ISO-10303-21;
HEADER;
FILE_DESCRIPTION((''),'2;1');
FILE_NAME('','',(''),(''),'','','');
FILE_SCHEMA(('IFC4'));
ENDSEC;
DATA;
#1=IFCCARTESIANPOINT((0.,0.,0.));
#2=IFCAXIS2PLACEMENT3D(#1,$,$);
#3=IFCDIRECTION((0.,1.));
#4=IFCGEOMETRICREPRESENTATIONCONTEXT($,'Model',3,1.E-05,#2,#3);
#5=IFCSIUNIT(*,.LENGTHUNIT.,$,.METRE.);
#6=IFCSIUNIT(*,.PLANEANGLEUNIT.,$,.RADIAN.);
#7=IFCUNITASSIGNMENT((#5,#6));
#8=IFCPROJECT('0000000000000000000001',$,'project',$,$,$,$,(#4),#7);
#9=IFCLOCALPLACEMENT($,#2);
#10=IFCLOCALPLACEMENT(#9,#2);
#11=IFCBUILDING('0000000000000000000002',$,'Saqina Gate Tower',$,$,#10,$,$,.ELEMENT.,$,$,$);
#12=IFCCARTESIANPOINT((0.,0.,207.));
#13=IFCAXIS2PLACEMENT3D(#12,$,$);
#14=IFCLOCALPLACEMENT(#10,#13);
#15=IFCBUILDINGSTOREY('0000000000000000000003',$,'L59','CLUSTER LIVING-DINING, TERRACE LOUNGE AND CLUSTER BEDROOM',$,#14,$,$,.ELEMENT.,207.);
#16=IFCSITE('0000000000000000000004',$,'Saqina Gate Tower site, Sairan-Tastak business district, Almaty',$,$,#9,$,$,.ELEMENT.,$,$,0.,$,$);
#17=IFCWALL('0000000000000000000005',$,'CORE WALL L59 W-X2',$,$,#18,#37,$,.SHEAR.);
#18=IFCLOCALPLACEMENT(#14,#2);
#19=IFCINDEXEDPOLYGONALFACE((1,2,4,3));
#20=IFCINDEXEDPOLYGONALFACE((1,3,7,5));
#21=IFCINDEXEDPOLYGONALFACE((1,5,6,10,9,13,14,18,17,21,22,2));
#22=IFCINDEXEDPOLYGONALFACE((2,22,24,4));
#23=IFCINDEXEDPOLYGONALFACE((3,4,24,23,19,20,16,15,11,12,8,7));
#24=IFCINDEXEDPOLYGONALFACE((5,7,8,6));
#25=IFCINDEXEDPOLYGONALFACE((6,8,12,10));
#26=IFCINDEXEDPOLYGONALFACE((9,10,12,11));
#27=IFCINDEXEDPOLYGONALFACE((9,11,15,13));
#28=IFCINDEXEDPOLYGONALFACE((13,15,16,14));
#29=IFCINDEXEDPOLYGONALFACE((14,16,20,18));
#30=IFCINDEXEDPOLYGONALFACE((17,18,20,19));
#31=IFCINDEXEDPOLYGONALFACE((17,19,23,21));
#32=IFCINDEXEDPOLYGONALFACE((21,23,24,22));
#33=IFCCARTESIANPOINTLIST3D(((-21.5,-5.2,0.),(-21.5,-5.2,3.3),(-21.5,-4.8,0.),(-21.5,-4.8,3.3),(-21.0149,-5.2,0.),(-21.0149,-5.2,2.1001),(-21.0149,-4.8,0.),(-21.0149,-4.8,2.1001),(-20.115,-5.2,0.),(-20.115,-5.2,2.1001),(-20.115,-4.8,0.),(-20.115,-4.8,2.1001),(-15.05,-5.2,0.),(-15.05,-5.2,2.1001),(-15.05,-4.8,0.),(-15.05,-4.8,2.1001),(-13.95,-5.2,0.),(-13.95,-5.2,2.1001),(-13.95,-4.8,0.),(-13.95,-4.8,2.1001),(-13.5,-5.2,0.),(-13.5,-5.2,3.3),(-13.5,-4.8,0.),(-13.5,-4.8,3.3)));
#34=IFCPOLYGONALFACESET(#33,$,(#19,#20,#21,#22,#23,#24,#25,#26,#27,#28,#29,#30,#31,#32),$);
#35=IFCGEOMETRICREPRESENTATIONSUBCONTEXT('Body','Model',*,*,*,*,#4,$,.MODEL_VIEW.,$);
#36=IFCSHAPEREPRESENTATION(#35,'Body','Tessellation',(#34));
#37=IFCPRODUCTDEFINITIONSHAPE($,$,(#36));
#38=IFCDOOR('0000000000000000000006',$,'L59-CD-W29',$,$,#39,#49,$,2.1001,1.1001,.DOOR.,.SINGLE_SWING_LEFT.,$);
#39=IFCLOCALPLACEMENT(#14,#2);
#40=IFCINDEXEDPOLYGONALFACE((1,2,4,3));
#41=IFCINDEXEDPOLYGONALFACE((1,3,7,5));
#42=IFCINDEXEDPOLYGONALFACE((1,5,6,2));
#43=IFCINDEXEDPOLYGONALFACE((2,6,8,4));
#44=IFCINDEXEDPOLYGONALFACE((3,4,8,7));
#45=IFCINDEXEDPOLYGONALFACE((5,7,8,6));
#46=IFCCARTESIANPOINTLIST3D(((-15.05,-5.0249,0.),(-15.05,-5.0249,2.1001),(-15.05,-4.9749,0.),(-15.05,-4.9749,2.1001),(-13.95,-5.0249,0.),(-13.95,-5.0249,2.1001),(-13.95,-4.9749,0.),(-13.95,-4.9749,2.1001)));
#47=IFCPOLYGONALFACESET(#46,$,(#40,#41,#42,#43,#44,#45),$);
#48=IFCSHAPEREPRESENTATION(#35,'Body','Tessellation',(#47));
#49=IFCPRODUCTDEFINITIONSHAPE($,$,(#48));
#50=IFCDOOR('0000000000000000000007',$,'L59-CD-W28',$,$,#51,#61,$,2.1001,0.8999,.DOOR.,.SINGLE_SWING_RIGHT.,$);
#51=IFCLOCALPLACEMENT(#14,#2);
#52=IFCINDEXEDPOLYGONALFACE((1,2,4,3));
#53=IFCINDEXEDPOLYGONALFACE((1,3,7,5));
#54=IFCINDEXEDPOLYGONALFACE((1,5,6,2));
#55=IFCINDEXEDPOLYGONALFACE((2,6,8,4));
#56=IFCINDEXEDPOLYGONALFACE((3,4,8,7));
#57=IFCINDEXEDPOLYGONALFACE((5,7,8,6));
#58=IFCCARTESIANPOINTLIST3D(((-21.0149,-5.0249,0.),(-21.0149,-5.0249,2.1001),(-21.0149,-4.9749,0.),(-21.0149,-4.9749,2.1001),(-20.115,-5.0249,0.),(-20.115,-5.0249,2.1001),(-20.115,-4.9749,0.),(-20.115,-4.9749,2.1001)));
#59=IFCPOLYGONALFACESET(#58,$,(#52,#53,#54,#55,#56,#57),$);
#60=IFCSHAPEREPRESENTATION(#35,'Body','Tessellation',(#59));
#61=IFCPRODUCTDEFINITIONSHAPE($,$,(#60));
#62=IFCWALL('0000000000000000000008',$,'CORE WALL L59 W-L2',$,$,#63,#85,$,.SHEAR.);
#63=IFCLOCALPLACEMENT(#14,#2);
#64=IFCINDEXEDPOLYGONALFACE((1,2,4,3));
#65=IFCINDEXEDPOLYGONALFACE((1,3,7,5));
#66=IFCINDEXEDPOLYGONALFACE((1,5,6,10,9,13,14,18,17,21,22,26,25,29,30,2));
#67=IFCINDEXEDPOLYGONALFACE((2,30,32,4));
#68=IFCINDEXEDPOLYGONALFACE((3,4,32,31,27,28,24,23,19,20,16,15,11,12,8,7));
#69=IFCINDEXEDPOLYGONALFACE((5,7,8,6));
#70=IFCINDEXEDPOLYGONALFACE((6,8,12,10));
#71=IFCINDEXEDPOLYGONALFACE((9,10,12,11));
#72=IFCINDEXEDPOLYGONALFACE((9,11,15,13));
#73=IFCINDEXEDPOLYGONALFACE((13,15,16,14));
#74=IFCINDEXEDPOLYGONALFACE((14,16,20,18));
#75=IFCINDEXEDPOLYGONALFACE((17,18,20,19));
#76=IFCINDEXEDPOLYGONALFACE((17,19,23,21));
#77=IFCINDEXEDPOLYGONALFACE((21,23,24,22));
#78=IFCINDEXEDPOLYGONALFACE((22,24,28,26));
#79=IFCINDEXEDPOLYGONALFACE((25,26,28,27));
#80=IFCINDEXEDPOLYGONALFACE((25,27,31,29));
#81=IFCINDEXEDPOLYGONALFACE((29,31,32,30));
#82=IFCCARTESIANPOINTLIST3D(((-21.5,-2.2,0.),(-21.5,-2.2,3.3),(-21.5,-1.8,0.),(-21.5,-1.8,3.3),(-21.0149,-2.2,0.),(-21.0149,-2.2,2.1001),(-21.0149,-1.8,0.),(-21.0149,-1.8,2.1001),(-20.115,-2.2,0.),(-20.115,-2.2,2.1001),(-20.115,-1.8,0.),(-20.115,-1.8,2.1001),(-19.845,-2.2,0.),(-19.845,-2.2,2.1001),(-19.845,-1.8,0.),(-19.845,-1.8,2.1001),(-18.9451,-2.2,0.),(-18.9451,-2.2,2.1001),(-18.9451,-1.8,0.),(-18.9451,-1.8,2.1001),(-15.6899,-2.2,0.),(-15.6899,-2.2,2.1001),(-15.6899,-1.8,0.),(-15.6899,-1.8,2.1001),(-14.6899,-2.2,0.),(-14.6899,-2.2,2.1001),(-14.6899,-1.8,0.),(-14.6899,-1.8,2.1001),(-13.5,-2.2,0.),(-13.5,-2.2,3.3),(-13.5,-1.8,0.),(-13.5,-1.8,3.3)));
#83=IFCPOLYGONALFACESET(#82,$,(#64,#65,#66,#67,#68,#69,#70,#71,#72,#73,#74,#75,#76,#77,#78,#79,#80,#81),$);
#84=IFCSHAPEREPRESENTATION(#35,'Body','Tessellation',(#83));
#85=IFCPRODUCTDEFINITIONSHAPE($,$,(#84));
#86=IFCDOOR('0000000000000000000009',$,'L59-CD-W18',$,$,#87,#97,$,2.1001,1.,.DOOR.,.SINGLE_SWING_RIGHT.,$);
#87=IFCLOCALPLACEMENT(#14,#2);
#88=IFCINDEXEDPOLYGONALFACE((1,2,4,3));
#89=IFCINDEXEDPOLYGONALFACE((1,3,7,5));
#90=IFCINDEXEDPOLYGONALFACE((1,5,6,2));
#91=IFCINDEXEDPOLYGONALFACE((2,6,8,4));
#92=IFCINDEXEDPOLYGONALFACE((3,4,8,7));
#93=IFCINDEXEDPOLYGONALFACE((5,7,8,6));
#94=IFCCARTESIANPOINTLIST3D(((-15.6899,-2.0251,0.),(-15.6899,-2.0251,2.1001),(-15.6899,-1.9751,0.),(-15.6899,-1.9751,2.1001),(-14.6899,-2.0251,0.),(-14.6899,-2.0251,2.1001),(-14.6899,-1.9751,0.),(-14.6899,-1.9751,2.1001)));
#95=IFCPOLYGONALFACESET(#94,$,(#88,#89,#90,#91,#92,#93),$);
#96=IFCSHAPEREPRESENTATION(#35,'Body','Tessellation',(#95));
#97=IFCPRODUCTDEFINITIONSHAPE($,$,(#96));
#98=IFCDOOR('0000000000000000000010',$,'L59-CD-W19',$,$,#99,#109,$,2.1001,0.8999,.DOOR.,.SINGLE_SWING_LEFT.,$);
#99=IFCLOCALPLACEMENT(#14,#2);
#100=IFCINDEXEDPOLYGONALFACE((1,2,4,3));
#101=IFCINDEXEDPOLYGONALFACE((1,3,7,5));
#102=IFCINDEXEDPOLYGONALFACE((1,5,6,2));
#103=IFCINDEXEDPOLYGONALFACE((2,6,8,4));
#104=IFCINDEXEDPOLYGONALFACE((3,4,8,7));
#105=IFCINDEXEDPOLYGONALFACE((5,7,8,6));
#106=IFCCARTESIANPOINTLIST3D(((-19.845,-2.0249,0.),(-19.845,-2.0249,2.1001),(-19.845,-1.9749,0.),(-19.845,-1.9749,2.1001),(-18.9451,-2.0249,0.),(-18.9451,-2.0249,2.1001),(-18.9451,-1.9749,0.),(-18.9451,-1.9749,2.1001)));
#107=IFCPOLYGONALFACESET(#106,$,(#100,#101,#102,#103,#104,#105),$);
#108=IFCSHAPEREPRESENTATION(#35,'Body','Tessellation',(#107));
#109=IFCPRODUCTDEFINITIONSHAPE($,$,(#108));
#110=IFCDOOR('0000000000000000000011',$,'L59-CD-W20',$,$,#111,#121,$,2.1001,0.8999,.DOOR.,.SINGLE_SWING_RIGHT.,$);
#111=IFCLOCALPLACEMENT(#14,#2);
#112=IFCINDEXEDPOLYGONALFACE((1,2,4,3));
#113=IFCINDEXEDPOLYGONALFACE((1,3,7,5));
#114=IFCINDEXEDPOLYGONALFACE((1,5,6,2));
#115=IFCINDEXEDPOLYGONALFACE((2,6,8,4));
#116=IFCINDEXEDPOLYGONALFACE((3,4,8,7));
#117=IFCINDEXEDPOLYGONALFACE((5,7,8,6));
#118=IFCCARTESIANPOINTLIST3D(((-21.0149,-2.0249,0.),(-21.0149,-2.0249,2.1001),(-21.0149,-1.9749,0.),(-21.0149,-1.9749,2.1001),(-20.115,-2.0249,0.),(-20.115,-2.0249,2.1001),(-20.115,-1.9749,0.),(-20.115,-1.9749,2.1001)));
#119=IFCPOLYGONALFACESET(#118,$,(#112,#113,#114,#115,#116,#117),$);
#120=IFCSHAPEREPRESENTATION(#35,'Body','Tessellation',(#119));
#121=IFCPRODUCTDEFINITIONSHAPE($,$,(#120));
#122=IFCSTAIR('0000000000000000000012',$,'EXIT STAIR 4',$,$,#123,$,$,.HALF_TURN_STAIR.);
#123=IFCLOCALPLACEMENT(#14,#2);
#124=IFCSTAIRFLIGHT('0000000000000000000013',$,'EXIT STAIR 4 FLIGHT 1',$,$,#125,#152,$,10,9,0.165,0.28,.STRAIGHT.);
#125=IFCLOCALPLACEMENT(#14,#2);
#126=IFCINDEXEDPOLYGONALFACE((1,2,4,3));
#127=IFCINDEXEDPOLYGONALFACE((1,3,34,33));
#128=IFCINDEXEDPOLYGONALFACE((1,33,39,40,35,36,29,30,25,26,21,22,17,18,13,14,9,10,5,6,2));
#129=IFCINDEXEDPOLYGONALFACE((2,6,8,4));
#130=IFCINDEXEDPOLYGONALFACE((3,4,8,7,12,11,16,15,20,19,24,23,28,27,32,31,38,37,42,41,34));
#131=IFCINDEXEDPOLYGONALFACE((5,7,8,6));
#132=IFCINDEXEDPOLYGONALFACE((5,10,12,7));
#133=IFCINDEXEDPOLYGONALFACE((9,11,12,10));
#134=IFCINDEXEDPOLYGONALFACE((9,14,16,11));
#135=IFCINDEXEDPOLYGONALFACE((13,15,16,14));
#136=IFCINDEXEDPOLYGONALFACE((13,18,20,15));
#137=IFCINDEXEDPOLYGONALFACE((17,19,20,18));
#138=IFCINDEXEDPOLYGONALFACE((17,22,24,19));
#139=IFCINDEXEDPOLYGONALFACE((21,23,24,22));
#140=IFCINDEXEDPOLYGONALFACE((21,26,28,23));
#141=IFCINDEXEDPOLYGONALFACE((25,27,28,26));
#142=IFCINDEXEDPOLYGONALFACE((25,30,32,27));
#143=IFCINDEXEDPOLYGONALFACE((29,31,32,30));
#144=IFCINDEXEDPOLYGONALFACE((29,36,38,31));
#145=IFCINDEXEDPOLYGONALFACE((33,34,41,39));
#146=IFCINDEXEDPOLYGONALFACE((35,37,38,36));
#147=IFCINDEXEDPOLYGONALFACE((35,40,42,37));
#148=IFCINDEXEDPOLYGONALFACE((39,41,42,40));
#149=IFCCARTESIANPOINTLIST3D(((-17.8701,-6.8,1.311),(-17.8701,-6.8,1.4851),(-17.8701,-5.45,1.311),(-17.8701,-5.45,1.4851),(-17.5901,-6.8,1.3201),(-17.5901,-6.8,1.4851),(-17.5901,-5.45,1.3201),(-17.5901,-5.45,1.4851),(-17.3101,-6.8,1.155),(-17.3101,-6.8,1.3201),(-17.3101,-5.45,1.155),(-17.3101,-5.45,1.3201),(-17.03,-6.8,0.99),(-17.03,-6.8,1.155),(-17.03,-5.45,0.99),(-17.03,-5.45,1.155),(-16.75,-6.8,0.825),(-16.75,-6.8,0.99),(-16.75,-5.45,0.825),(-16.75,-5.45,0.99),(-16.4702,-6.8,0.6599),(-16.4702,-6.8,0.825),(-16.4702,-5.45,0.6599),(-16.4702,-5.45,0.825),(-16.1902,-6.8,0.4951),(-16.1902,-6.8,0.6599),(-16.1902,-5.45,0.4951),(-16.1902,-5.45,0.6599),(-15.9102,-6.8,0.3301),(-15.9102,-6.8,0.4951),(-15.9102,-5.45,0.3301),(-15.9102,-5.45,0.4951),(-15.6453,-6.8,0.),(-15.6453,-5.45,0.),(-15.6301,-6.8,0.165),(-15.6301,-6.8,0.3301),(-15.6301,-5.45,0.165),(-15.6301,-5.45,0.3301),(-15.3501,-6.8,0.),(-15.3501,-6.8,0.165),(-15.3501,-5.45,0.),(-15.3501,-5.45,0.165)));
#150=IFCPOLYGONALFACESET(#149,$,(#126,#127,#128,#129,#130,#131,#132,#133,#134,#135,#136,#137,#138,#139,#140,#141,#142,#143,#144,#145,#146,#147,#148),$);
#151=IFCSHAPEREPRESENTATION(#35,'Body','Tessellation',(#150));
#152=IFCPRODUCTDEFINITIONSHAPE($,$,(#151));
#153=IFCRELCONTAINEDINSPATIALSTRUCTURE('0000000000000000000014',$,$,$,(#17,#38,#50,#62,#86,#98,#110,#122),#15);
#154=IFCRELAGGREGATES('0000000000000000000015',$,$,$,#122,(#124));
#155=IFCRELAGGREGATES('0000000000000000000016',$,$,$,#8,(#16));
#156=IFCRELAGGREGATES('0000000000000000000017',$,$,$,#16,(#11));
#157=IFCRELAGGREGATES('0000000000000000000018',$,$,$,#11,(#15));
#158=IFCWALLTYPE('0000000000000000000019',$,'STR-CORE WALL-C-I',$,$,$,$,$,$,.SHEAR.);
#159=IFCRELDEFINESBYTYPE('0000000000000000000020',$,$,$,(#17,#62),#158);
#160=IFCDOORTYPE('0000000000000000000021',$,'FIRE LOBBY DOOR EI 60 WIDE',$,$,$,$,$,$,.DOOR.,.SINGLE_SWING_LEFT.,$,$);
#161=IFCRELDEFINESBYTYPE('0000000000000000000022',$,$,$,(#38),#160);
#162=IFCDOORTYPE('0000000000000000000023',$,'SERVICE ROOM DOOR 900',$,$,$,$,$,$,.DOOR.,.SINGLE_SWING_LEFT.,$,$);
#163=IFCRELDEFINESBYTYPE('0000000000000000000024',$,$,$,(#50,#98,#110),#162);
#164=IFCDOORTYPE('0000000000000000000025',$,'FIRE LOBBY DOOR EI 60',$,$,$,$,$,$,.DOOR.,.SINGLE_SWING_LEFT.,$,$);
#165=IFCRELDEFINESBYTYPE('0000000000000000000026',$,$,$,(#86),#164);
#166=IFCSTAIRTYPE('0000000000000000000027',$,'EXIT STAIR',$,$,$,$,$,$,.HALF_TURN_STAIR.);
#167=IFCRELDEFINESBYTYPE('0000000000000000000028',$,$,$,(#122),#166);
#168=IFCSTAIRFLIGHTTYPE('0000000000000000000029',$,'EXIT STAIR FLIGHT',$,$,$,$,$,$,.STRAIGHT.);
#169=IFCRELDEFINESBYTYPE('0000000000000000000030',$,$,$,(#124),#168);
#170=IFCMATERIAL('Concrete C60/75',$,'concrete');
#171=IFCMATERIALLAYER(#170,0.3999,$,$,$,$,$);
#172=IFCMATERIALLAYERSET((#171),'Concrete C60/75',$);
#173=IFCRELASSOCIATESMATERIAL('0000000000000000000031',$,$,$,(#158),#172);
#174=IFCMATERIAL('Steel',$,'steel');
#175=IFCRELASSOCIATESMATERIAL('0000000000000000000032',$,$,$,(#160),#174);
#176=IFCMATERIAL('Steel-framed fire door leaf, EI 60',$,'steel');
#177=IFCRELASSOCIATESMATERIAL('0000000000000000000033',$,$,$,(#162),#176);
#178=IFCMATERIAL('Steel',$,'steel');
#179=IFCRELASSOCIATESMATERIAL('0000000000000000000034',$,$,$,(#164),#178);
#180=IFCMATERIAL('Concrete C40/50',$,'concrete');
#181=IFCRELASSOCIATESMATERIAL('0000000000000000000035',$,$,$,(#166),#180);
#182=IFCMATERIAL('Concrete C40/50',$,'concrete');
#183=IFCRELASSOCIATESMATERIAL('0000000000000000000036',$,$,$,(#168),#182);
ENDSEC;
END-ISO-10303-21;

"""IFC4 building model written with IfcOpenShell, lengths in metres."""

from ifc_helpers import new_model, si_unit, direction, frame, frame_2d, origin, place, context, subcontext, project, spatial, polyline, rectangle, outline, extrude, material, layer, layer_set, type_object, element, fill, aggregate, save


model = new_model("IFC4")

# Units and contexts
model_context = context("Model", 3, precision=1e-05, world=origin(), true_north=direction((0.0, 1.0)))
body_context = subcontext(model_context, "Body", "Model", "MODEL_VIEW")
ifc_project = project(units=[si_unit("LENGTHUNIT", "METRE"), si_unit("PLANEANGLEUNIT", "RADIAN")], contexts=[model_context])

# Site, building, storey
site_placement = place(None, origin())
site = spatial("IfcSite", under=ifc_project, at=site_placement, Name="Saqina Gate Tower site, Sairan-Tastak business district, Almaty", CompositionType="ELEMENT", RefElevation=0.0)
building_placement = place(site_placement, origin())
building = spatial("IfcBuilding", under=site, at=building_placement, Name="Saqina Gate Tower", CompositionType="ELEMENT")
storey_placement = place(building_placement, frame((0.0, 0.0, 207.0)))
storey = spatial("IfcBuildingStorey", under=building, at=storey_placement, Name="L59", Description="CLUSTER LIVING-DINING, TERRACE LOUNGE AND CLUSTER BEDROOM", CompositionType="ELEMENT", Elevation=207.0)

# Walls, openings, doors
ifc_material_1 = material(Name="Concrete C60/75", Category="concrete")
ifc_layer_1 = layer(ifc_material_1, 0.3999)
ifc_layer_set_1 = layer_set([ifc_layer_1], Name="Concrete C60/75")
wall_type_1 = type_object("IfcWallType", Name="STR-CORE WALL-C-I", PredefinedType="SHEAR", material=ifc_layer_set_1)
wall_1_placement = place(storey_placement, frame((-13.5, -5.0, 0.0), z_axis=(0.0, 0.0, 1.0), x_axis=(-1.0, 0.0, 0.0)))
wall_1 = element("IfcWall", 1, at=wall_1_placement, inside=storey, type_object=wall_type_1, Name="CORE WALL L59 W-X2", PredefinedType="SHEAR", context=body_context, shape_type="SweptSolid", body=[
    extrude(rectangle(XDim=8.0, YDim=0.3999, at=frame_2d((4.0, 0.0))), origin(), (0.0, 0.0, 1.0), 3.3),
])
opening_1_placement = place(wall_1_placement, frame((6.615, 0.0, 0.0)))
opening_1 = element("IfcOpeningElement", 2, at=opening_1_placement, cuts=wall_1, PredefinedType="OPENING", context=body_context, shape_type="SweptSolid", body=[
    extrude(rectangle(XDim=0.8999, YDim=2.1001, at=frame_2d((0.45, 1.05))), frame((0.0, 0.2119, 0.0), z_axis=(0.0, -1.0, 0.0), x_axis=(1.0, 0.0, 0.0)), (0.0, 0.0, 1.0), 0.4238),
])
opening_2_placement = place(wall_1_placement, frame((0.45, 0.0, 0.0)))
opening_2 = element("IfcOpeningElement", 3, at=opening_2_placement, cuts=wall_1, PredefinedType="OPENING", context=body_context, shape_type="SweptSolid", body=[
    extrude(rectangle(XDim=1.1001, YDim=2.1001, at=frame_2d((0.55, 1.05))), frame((0.0, 0.2119, 0.0), z_axis=(0.0, -1.0, 0.0), x_axis=(1.0, 0.0, 0.0)), (0.0, 0.0, 1.0), 0.4238),
])
ifc_material_2 = material(Name="Steel", Category="steel")
door_type_1 = type_object("IfcDoorType", Name="FIRE LOBBY DOOR EI 60 WIDE", OperationType="SINGLE_SWING_LEFT", PredefinedType="DOOR", material=ifc_material_2)
door_1_placement = place(opening_2_placement, origin())
door_1 = element("IfcDoor", 4, at=door_1_placement, inside=storey, type_object=door_type_1, Name="L59-CD-W29", OperationType="SINGLE_SWING_LEFT", OverallHeight=2.1001, OverallWidth=1.1001, PredefinedType="DOOR", context=body_context, shape_type="SweptSolid", body=[
    extrude(rectangle(XDim=1.1001, YDim=2.1001, at=frame_2d((0.55, 1.05))), frame((0.0, 0.0249, 0.0), z_axis=(0.0, -1.0, 0.0), x_axis=(1.0, 0.0, 0.0)), (0.0, 0.0, 1.0), 0.05),
])
fill(opening_2, door_1)
ifc_material_3 = material(Name="Steel-framed fire door leaf, EI 60", Category="steel")
door_type_2 = type_object("IfcDoorType", Name="SERVICE ROOM DOOR 900", OperationType="SINGLE_SWING_LEFT", PredefinedType="DOOR", material=ifc_material_3)
door_2_placement = place(opening_1_placement, origin())
door_2 = element("IfcDoor", 5, at=door_2_placement, inside=storey, type_object=door_type_2, Name="L59-CD-W28", OperationType="SINGLE_SWING_RIGHT", OverallHeight=2.1001, OverallWidth=0.8999, PredefinedType="DOOR", context=body_context, shape_type="SweptSolid", body=[
    extrude(rectangle(XDim=0.8999, YDim=2.1001, at=frame_2d((0.45, 1.05))), frame((0.0, 0.0249, 0.0), z_axis=(0.0, -1.0, 0.0), x_axis=(1.0, 0.0, 0.0)), (0.0, 0.0, 1.0), 0.05),
])
fill(opening_1, door_2)
wall_2_placement = place(storey_placement, frame((-13.5, -2.0, 0.0), z_axis=(0.0, 0.0, 1.0), x_axis=(-1.0, 0.0, 0.0)))
wall_2 = element("IfcWall", 6, at=wall_2_placement, inside=storey, type_object=wall_type_1, Name="CORE WALL L59 W-L2", PredefinedType="SHEAR", context=body_context, shape_type="SweptSolid", body=[
    extrude(rectangle(XDim=8.0, YDim=0.3999, at=frame_2d((4.0, 0.0))), origin(), (0.0, 0.0, 1.0), 3.3),
])
opening_3_placement = place(wall_2_placement, frame((1.1899, 0.0, 0.0)))
opening_3 = element("IfcOpeningElement", 7, at=opening_3_placement, cuts=wall_2, PredefinedType="OPENING", context=body_context, shape_type="SweptSolid", body=[
    extrude(rectangle(XDim=1.0, YDim=2.1001, at=frame_2d((0.5, 1.05))), frame((0.0, 0.2119, 0.0), z_axis=(0.0, -1.0, 0.0), x_axis=(1.0, 0.0, 0.0)), (0.0, 0.0, 1.0), 0.4238),
])
opening_4_placement = place(wall_2_placement, frame((5.4451, 0.0, 0.0)))
opening_4 = element("IfcOpeningElement", 8, at=opening_4_placement, cuts=wall_2, PredefinedType="OPENING", context=body_context, shape_type="SweptSolid", body=[
    extrude(rectangle(XDim=0.8999, YDim=2.1001, at=frame_2d((0.45, 1.05))), frame((0.0, 0.2119, 0.0), z_axis=(0.0, -1.0, 0.0), x_axis=(1.0, 0.0, 0.0)), (0.0, 0.0, 1.0), 0.4238),
])
opening_5_placement = place(wall_2_placement, frame((6.615, 0.0, 0.0)))
opening_5 = element("IfcOpeningElement", 9, at=opening_5_placement, cuts=wall_2, PredefinedType="OPENING", context=body_context, shape_type="SweptSolid", body=[
    extrude(rectangle(XDim=0.8999, YDim=2.1001, at=frame_2d((0.45, 1.05))), frame((0.0, 0.2119, 0.0), z_axis=(0.0, -1.0, 0.0), x_axis=(1.0, 0.0, 0.0)), (0.0, 0.0, 1.0), 0.4238),
])
ifc_material_4 = material(Name="Steel", Category="steel")
door_type_3 = type_object("IfcDoorType", Name="FIRE LOBBY DOOR EI 60", OperationType="SINGLE_SWING_LEFT", PredefinedType="DOOR", material=ifc_material_4)
door_3_placement = place(opening_3_placement, frame((1.0, 0.0, 0.0), z_axis=(0.0, 0.0, 1.0), x_axis=(-1.0, 0.0, 0.0)))
door_3 = element("IfcDoor", 10, at=door_3_placement, inside=storey, type_object=door_type_3, Name="L59-CD-W18", OperationType="SINGLE_SWING_RIGHT", OverallHeight=2.1001, OverallWidth=1.0, PredefinedType="DOOR", context=body_context, shape_type="SweptSolid", body=[
    extrude(rectangle(XDim=1.0, YDim=2.1001, at=frame_2d((0.5, 1.05))), frame((0.0, 0.0249, 0.0), z_axis=(0.0, -1.0, 0.0), x_axis=(1.0, 0.0, 0.0)), (0.0, 0.0, 1.0), 0.05),
])
fill(opening_3, door_3)
door_4_placement = place(opening_4_placement, origin())
door_4 = element("IfcDoor", 11, at=door_4_placement, inside=storey, type_object=door_type_2, Name="L59-CD-W19", OperationType="SINGLE_SWING_LEFT", OverallHeight=2.1001, OverallWidth=0.8999, PredefinedType="DOOR", context=body_context, shape_type="SweptSolid", body=[
    extrude(rectangle(XDim=0.8999, YDim=2.1001, at=frame_2d((0.45, 1.05))), frame((0.0, 0.0249, 0.0), z_axis=(0.0, -1.0, 0.0), x_axis=(1.0, 0.0, 0.0)), (0.0, 0.0, 1.0), 0.05),
])
fill(opening_4, door_4)
door_5_placement = place(opening_5_placement, origin())
door_5 = element("IfcDoor", 12, at=door_5_placement, inside=storey, type_object=door_type_2, Name="L59-CD-W20", OperationType="SINGLE_SWING_RIGHT", OverallHeight=2.1001, OverallWidth=0.8999, PredefinedType="DOOR", context=body_context, shape_type="SweptSolid", body=[
    extrude(rectangle(XDim=0.8999, YDim=2.1001, at=frame_2d((0.45, 1.05))), frame((0.0, 0.0249, 0.0), z_axis=(0.0, -1.0, 0.0), x_axis=(1.0, 0.0, 0.0)), (0.0, 0.0, 1.0), 0.05),
])
fill(opening_5, door_5)

# Stair, stair flight
ifc_material_5 = material(Name="Concrete C40/50", Category="concrete")
stair_type = type_object("IfcStairType", Name="EXIT STAIR", PredefinedType="HALF_TURN_STAIR", material=ifc_material_5)
stair_placement = place(storey_placement, origin())
stair = element("IfcStair", 13, at=stair_placement, inside=storey, type_object=stair_type, Name="EXIT STAIR 4", PredefinedType="HALF_TURN_STAIR")
ifc_material_6 = material(Name="Concrete C40/50", Category="concrete")
stair_flight_type = type_object("IfcStairFlightType", Name="EXIT STAIR FLIGHT", PredefinedType="STRAIGHT", material=ifc_material_6)
stair_flight_placement = place(storey_placement, frame((-15.3501, -6.125, 0.0), z_axis=(0.0, 0.0, 1.0), x_axis=(-1.0, 0.0, 0.0)))
stair_flight = element("IfcStairFlight", 14, at=stair_flight_placement, type_object=stair_flight_type, Name="EXIT STAIR 4 FLIGHT 1", NumberOfRisers=10, NumberOfTreads=9, PredefinedType="STRAIGHT", RiserHeight=0.165, TreadLength=0.28, context=body_context, shape_type="SweptSolid", body=[
    extrude(outline(polyline([(0.0, 0.0), (0.0, 0.165), (0.28, 0.165), (0.28, 0.3301), (0.5601, 0.3301), (0.5601, 0.4951), (0.8401, 0.4951), (0.8401, 0.6599), (1.1201, 0.6599), (1.1201, 0.825), (1.3999, 0.825), (1.3999, 0.99), (1.6799, 0.99), (1.6799, 1.155), (1.96, 1.155), (1.96, 1.3201), (2.24, 1.3201), (2.24, 1.4851), (2.52, 1.4851), (2.52, 1.6499), (2.52, 1.311), (0.2952, 0.0), (0.0, 0.0)])), frame((0.0, 0.675, 0.0), z_axis=(0.0, -1.0, 0.0), x_axis=(1.0, 0.0, 0.0)), (0.0, 0.0, 1.0), 1.3501),
])
aggregate(stair, [stair_flight])

save(model, "model.ifc")
